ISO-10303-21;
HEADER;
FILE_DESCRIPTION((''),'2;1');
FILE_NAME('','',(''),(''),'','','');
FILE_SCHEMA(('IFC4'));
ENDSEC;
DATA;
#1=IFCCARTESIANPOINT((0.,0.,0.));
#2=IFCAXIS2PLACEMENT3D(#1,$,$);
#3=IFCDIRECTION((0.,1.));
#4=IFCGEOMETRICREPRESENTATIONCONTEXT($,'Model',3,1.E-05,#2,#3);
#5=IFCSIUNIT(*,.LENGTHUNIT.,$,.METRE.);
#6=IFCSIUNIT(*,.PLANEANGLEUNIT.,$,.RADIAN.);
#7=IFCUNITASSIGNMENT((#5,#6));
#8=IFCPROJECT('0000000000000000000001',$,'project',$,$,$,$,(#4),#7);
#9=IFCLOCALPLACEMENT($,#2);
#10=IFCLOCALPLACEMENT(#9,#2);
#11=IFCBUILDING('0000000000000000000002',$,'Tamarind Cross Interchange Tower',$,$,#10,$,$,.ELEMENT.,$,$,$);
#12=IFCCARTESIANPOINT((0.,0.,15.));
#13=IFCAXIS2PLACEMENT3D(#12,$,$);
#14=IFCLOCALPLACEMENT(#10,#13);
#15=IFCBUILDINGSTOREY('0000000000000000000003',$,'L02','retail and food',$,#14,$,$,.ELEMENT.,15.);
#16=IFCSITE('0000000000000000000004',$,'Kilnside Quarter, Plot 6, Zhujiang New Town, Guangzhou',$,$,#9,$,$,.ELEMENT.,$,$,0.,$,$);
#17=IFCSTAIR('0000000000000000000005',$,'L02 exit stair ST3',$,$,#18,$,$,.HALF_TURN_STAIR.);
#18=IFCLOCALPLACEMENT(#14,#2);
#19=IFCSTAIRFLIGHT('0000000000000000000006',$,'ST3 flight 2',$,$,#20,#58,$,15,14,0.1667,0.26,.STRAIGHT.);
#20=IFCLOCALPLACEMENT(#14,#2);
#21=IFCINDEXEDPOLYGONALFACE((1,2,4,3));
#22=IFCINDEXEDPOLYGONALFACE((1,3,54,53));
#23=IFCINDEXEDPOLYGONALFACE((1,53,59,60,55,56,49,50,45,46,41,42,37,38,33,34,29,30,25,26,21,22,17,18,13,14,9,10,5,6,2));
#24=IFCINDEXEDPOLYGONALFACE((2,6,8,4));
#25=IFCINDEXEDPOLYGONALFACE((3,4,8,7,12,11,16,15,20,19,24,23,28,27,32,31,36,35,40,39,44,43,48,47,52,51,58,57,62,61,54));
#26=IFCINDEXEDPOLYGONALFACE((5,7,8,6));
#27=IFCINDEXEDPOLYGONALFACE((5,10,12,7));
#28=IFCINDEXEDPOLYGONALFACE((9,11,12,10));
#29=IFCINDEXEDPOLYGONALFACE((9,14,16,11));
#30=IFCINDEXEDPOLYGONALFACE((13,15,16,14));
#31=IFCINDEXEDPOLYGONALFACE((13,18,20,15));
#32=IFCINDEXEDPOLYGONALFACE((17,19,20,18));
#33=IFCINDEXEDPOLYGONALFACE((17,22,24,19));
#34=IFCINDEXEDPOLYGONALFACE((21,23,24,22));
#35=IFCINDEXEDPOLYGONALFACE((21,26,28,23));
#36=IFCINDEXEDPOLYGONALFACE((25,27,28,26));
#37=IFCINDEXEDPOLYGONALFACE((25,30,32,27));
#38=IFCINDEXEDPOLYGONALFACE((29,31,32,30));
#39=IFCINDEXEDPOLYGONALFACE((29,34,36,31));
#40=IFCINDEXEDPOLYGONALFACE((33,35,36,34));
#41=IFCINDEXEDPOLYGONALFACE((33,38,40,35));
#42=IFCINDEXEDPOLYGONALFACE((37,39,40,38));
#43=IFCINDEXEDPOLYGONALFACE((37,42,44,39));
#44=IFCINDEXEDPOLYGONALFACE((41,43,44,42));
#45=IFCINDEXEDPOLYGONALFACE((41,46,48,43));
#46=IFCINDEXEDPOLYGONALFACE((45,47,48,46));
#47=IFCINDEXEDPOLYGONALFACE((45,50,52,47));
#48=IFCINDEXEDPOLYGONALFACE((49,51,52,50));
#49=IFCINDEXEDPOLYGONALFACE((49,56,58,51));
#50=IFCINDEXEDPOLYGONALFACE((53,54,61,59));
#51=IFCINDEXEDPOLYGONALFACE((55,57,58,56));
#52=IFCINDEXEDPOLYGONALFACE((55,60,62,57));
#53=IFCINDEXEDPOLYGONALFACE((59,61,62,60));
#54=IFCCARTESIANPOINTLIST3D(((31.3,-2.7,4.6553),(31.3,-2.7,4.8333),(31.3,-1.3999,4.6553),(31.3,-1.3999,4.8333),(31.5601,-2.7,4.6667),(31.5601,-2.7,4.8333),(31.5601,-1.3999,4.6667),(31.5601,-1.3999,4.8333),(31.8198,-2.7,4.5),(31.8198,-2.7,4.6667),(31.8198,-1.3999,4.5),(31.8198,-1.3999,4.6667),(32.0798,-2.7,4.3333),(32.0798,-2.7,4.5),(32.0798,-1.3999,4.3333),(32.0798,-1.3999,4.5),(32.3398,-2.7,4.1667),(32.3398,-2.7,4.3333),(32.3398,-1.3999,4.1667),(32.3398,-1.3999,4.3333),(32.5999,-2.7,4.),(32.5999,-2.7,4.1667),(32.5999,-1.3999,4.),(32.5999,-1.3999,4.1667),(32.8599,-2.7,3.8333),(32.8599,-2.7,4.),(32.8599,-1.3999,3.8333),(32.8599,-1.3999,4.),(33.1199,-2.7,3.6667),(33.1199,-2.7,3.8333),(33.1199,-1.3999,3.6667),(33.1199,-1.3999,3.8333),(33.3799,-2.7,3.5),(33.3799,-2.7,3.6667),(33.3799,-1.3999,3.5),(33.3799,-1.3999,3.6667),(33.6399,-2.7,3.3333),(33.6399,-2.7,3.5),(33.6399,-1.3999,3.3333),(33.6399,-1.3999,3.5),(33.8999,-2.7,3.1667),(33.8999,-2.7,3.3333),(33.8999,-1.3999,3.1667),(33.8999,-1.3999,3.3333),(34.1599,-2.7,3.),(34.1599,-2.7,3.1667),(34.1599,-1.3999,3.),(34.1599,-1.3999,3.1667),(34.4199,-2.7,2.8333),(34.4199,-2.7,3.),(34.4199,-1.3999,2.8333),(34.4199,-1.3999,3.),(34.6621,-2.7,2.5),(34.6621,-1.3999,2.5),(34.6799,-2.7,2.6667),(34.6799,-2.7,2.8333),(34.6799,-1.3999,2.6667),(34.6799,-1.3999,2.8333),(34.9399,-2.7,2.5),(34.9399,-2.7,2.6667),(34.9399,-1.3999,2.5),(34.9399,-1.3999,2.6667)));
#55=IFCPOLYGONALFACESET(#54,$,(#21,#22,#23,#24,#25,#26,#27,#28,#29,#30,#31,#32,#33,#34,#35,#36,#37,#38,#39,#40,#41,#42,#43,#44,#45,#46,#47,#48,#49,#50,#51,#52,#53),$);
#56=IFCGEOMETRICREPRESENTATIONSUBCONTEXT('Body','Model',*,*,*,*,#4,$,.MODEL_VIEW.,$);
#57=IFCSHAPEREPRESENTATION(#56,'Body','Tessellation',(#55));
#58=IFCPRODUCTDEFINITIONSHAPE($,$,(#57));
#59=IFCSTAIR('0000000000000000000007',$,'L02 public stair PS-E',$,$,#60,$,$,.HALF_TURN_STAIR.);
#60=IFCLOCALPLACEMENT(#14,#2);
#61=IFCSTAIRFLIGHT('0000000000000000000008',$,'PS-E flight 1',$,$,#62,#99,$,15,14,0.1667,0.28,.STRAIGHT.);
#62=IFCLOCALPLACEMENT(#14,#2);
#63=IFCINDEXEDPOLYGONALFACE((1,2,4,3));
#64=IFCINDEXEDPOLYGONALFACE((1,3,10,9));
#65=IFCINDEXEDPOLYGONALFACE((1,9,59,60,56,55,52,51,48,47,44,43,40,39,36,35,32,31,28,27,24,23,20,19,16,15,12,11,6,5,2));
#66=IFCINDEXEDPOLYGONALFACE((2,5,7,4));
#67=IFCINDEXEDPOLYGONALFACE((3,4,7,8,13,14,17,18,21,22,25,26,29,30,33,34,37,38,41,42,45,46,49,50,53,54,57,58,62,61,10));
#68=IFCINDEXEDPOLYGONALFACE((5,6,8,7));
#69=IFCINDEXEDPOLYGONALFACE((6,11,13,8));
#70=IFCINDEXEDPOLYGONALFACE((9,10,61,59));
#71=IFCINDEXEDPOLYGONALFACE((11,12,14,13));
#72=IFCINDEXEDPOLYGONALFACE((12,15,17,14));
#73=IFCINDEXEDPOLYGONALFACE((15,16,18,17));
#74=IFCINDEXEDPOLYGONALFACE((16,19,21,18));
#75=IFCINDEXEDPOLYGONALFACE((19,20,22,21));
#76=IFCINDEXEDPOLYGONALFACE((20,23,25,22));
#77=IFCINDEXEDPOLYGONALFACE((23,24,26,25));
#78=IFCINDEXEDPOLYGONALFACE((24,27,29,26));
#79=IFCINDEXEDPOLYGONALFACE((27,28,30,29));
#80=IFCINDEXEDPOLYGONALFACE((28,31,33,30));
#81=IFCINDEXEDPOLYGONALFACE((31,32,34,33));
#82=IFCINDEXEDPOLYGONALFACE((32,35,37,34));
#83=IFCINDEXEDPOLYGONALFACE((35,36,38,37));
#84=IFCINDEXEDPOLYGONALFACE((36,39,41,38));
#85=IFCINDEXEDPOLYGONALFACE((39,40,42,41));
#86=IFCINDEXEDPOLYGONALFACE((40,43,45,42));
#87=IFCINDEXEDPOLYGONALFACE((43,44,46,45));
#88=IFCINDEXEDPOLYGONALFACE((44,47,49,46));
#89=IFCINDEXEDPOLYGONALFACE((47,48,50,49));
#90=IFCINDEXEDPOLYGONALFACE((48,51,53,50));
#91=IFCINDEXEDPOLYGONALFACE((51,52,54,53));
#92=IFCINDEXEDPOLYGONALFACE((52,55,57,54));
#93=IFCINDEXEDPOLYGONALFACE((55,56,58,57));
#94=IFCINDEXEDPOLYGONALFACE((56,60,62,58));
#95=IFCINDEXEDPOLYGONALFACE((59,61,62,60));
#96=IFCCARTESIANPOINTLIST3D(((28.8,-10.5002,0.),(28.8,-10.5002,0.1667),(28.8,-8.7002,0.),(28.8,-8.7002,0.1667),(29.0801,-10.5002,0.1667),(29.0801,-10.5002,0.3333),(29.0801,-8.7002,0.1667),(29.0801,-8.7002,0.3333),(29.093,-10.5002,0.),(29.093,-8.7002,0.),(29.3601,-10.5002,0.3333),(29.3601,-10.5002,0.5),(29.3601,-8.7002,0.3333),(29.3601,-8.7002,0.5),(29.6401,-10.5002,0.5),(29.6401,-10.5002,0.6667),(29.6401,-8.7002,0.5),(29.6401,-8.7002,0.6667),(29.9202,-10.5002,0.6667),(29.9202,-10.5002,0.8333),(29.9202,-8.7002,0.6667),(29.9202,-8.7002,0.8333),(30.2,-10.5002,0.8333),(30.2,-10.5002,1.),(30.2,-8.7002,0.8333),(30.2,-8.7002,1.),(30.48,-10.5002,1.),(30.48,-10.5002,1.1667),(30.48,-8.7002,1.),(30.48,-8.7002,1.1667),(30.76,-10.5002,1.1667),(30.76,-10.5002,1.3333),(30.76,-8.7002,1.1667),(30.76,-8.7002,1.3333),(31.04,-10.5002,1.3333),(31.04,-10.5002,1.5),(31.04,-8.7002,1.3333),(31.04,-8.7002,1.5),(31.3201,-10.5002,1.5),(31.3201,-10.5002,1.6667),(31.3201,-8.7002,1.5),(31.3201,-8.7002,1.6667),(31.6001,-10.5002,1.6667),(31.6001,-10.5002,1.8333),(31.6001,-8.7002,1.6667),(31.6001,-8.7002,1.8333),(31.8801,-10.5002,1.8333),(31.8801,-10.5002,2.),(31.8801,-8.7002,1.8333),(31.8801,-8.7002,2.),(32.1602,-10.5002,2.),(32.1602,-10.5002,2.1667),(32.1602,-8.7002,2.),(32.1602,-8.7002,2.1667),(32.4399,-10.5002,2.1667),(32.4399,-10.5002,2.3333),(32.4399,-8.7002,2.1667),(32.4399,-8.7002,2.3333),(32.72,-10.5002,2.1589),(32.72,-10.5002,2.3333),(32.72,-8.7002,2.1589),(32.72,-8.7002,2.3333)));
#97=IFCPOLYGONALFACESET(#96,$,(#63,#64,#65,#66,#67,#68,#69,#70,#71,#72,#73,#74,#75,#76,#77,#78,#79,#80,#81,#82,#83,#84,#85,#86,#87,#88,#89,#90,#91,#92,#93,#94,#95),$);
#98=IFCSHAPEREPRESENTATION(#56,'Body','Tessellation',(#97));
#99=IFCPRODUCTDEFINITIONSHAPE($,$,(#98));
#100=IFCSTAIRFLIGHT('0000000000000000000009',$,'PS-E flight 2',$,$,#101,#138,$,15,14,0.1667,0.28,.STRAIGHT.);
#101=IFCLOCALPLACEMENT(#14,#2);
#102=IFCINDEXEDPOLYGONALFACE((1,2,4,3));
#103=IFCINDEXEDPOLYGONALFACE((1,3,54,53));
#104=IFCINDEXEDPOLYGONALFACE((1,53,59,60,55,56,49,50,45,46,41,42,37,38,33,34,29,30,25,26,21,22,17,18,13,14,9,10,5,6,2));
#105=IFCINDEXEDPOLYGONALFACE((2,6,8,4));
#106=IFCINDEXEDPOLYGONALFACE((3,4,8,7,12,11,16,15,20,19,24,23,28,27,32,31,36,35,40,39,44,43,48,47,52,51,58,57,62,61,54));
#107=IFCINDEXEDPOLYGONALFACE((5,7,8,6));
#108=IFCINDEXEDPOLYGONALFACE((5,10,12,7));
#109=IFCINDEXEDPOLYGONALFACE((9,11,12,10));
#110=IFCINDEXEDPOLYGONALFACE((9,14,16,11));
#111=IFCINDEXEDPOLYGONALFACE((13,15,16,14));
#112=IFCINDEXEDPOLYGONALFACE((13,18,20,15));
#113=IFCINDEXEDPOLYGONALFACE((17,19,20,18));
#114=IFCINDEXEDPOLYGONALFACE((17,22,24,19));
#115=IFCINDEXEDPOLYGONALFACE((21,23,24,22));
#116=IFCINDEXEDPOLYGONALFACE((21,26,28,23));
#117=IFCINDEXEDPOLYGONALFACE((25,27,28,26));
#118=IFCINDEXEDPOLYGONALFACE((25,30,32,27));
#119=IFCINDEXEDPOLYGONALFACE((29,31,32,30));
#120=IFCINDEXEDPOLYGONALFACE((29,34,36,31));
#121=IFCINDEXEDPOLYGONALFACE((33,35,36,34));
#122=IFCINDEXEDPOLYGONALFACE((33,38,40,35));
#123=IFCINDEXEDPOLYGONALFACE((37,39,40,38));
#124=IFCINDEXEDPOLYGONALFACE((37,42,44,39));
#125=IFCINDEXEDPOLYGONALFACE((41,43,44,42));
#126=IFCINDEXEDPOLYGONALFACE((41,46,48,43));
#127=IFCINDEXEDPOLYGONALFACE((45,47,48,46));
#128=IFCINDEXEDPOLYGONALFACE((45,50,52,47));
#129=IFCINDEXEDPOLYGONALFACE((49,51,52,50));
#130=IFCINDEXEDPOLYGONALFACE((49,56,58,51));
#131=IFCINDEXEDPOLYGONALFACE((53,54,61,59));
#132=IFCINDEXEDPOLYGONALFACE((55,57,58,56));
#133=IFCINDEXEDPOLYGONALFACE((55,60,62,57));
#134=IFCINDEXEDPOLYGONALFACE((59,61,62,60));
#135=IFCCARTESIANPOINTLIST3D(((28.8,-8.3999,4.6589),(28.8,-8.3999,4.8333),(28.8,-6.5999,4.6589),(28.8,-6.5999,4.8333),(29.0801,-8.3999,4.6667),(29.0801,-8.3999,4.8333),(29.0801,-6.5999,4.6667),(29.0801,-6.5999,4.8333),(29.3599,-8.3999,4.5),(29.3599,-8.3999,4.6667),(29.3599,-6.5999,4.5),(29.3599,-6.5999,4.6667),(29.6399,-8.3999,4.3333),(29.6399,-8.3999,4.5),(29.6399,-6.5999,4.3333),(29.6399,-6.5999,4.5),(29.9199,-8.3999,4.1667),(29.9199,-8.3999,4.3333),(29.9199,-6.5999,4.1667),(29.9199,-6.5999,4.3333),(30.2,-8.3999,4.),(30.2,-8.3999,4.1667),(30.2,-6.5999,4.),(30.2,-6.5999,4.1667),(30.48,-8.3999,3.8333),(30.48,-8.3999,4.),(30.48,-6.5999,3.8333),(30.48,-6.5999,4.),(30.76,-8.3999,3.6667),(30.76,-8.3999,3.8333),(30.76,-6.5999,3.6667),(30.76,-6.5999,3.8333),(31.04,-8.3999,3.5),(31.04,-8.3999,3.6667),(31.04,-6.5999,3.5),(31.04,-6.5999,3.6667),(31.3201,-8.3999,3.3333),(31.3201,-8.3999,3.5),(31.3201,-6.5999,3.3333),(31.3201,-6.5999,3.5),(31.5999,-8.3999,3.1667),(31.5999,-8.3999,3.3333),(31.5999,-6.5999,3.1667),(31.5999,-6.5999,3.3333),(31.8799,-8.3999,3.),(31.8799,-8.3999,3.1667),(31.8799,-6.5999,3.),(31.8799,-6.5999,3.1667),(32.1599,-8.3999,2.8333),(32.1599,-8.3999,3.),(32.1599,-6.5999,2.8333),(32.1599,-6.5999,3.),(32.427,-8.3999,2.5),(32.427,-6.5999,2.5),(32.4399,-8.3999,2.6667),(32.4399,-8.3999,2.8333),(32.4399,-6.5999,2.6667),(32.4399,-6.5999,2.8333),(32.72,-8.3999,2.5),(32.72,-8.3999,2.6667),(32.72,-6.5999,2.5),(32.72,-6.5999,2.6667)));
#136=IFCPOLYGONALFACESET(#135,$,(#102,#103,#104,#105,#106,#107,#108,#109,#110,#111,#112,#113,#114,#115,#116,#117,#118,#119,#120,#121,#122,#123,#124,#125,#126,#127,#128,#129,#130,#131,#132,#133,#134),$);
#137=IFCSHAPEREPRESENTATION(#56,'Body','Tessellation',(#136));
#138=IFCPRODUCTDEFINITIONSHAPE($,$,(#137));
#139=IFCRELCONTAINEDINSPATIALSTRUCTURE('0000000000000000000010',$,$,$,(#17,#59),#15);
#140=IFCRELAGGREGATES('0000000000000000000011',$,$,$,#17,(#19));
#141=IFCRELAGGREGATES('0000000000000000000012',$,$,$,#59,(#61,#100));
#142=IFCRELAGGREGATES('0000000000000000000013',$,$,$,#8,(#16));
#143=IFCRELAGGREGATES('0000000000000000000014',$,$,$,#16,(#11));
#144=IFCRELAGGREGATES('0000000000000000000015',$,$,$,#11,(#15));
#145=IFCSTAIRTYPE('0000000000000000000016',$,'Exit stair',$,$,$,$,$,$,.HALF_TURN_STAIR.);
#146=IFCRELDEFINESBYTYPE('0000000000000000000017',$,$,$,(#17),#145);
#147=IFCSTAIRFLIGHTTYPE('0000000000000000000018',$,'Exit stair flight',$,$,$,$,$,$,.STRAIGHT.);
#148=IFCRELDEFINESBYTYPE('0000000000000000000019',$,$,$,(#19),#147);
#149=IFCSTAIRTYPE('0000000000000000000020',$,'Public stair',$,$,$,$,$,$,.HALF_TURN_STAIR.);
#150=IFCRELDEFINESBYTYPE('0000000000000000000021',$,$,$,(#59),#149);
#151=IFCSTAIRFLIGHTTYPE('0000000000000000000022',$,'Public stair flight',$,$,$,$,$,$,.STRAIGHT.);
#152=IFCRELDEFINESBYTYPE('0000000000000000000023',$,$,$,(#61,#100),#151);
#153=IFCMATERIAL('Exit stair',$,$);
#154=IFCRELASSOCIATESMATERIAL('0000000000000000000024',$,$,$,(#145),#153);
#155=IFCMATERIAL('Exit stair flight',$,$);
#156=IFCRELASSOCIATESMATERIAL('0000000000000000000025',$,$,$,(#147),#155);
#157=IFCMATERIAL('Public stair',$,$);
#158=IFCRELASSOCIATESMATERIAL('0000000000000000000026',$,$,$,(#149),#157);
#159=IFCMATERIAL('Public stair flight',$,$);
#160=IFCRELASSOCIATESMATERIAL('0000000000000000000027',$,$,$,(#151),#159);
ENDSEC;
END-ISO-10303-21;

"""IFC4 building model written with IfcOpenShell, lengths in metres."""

from ifc_helpers import new_model, si_unit, direction, frame, origin, place, context, subcontext, project, spatial, polyline, outline, extrude, material, type_object, element, aggregate, save


model = new_model("IFC4")

# Units and contexts
model_context = context("Model", 3, precision=1e-05, world=origin(), true_north=direction((0.0, 1.0)))
body_context = subcontext(model_context, "Body", "Model", "MODEL_VIEW")
ifc_project = project(units=[si_unit("LENGTHUNIT", "METRE"), si_unit("PLANEANGLEUNIT", "RADIAN")], contexts=[model_context])

# Site, building, storey
site_placement = place(None, origin())
site = spatial("IfcSite", under=ifc_project, at=site_placement, Name="Kilnside Quarter, Plot 6, Zhujiang New Town, Guangzhou", CompositionType="ELEMENT", RefElevation=0.0)
building_placement = place(site_placement, origin())
building = spatial("IfcBuilding", under=site, at=building_placement, Name="Tamarind Cross Interchange Tower", CompositionType="ELEMENT")
storey_placement = place(building_placement, frame((0.0, 0.0, 15.0)))
storey = spatial("IfcBuildingStorey", under=building, at=storey_placement, Name="L02", Description="retail and food", CompositionType="ELEMENT", Elevation=15.0)

# Stairs, stair flights
ifc_material_1 = material(Name="Exit stair")
stair_type_1 = type_object("IfcStairType", Name="Exit stair", PredefinedType="HALF_TURN_STAIR", material=ifc_material_1)
stair_1_placement = place(storey_placement, origin())
stair_1 = element("IfcStair", 1, at=stair_1_placement, inside=storey, type_object=stair_type_1, Name="L02 exit stair ST3", PredefinedType="HALF_TURN_STAIR")
ifc_material_2 = material(Name="Exit stair flight")
stair_flight_type_1 = type_object("IfcStairFlightType", Name="Exit stair flight", PredefinedType="STRAIGHT", material=ifc_material_2)
stair_flight_1_placement = place(storey_placement, frame((34.9399, -2.05, 2.5), z_axis=(0.0, 0.0, 1.0), x_axis=(-1.0, 0.0, 0.0)))
stair_flight_1 = element("IfcStairFlight", 2, at=stair_flight_1_placement, type_object=stair_flight_type_1, Name="ST3 flight 2", NumberOfRisers=15, NumberOfTreads=14, PredefinedType="STRAIGHT", RiserHeight=0.1667, TreadLength=0.26, context=body_context, shape_type="SweptSolid", body=[
    extrude(outline(polyline([(0.0, 0.0), (0.0, 0.1667), (0.26, 0.1667), (0.26, 0.3333), (0.52, 0.3333), (0.52, 0.5), (0.78, 0.5), (0.78, 0.6667), (1.04, 0.6667), (1.04, 0.8333), (1.3, 0.8333), (1.3, 1.0), (1.5601, 1.0), (1.5601, 1.1667), (1.8201, 1.1667), (1.8201, 1.3333), (2.0801, 1.3333), (2.0801, 1.5), (2.3401, 1.5), (2.3401, 1.6667), (2.6001, 1.6667), (2.6001, 1.8333), (2.8601, 1.8333), (2.8601, 2.0), (3.1201, 2.0), (3.1201, 2.1667), (3.3799, 2.1667), (3.3799, 2.3333), (3.6399, 2.3333), (3.6399, 2.5), (3.6399, 2.1553), (0.2778, 0.0), (0.0, 0.0)])), frame((0.0, 0.6499, 0.0), z_axis=(0.0, -1.0, 0.0), x_axis=(1.0, 0.0, 0.0)), (0.0, 0.0, 1.0), 1.3),
])
aggregate(stair_1, [stair_flight_1])
ifc_material_3 = material(Name="Public stair")
stair_type_2 = type_object("IfcStairType", Name="Public stair", PredefinedType="HALF_TURN_STAIR", material=ifc_material_3)
stair_2_placement = place(storey_placement, origin())
stair_2 = element("IfcStair", 3, at=stair_2_placement, inside=storey, type_object=stair_type_2, Name="L02 public stair PS-E", PredefinedType="HALF_TURN_STAIR")
ifc_material_4 = material(Name="Public stair flight")
stair_flight_type_2 = type_object("IfcStairFlightType", Name="Public stair flight", PredefinedType="STRAIGHT", material=ifc_material_4)
stair_flight_2_placement = place(storey_placement, frame((28.8, -9.6001, 0.0), z_axis=(0.0, 0.0, 1.0), x_axis=(1.0, 0.0, 0.0)))
stair_flight_2 = element("IfcStairFlight", 4, at=stair_flight_2_placement, type_object=stair_flight_type_2, Name="PS-E flight 1", NumberOfRisers=15, NumberOfTreads=14, PredefinedType="STRAIGHT", RiserHeight=0.1667, TreadLength=0.28, context=body_context, shape_type="SweptSolid", body=[
    extrude(outline(polyline([(0.0, 0.0), (0.0, 0.1667), (0.28, 0.1667), (0.28, 0.3333), (0.5601, 0.3333), (0.5601, 0.5), (0.8401, 0.5), (0.8401, 0.6667), (1.1201, 0.6667), (1.1201, 0.8333), (1.3999, 0.8333), (1.3999, 1.0), (1.6799, 1.0), (1.6799, 1.1667), (1.96, 1.1667), (1.96, 1.3333), (2.24, 1.3333), (2.24, 1.5), (2.52, 1.5), (2.52, 1.6667), (2.8, 1.6667), (2.8, 1.8333), (3.0801, 1.8333), (3.0801, 2.0), (3.3601, 2.0), (3.3601, 2.1667), (3.6399, 2.1667), (3.6399, 2.3333), (3.9199, 2.3333), (3.9199, 2.5), (3.9199, 2.1589), (0.293, 0.0), (0.0, 0.0)])), frame((0.0, 0.8999, 0.0), z_axis=(0.0, -1.0, 0.0), x_axis=(1.0, 0.0, 0.0)), (0.0, 0.0, 1.0), 1.8),
])
stair_flight_3_placement = place(storey_placement, frame((32.72, -7.5, 2.5), z_axis=(0.0, 0.0, 1.0), x_axis=(-1.0, 0.0, 0.0)))
stair_flight_3 = element("IfcStairFlight", 5, at=stair_flight_3_placement, type_object=stair_flight_type_2, Name="PS-E flight 2", NumberOfRisers=15, NumberOfTreads=14, PredefinedType="STRAIGHT", RiserHeight=0.1667, TreadLength=0.28, context=body_context, shape_type="SweptSolid", body=[
    extrude(outline(polyline([(0.0, 0.0), (0.0, 0.1667), (0.28, 0.1667), (0.28, 0.3333), (0.5601, 0.3333), (0.5601, 0.5), (0.8401, 0.5), (0.8401, 0.6667), (1.1201, 0.6667), (1.1201, 0.8333), (1.3999, 0.8333), (1.3999, 1.0), (1.6799, 1.0), (1.6799, 1.1667), (1.96, 1.1667), (1.96, 1.3333), (2.24, 1.3333), (2.24, 1.5), (2.52, 1.5), (2.52, 1.6667), (2.8, 1.6667), (2.8, 1.8333), (3.0801, 1.8333), (3.0801, 2.0), (3.3601, 2.0), (3.3601, 2.1667), (3.6399, 2.1667), (3.6399, 2.3333), (3.9199, 2.3333), (3.9199, 2.5), (3.9199, 2.1589), (0.293, 0.0), (0.0, 0.0)])), frame((0.0, 0.8999, 0.0), z_axis=(0.0, -1.0, 0.0), x_axis=(1.0, 0.0, 0.0)), (0.0, 0.0, 1.0), 1.8),
])
aggregate(stair_2, [stair_flight_2, stair_flight_3])

save(model, "model.ifc")
